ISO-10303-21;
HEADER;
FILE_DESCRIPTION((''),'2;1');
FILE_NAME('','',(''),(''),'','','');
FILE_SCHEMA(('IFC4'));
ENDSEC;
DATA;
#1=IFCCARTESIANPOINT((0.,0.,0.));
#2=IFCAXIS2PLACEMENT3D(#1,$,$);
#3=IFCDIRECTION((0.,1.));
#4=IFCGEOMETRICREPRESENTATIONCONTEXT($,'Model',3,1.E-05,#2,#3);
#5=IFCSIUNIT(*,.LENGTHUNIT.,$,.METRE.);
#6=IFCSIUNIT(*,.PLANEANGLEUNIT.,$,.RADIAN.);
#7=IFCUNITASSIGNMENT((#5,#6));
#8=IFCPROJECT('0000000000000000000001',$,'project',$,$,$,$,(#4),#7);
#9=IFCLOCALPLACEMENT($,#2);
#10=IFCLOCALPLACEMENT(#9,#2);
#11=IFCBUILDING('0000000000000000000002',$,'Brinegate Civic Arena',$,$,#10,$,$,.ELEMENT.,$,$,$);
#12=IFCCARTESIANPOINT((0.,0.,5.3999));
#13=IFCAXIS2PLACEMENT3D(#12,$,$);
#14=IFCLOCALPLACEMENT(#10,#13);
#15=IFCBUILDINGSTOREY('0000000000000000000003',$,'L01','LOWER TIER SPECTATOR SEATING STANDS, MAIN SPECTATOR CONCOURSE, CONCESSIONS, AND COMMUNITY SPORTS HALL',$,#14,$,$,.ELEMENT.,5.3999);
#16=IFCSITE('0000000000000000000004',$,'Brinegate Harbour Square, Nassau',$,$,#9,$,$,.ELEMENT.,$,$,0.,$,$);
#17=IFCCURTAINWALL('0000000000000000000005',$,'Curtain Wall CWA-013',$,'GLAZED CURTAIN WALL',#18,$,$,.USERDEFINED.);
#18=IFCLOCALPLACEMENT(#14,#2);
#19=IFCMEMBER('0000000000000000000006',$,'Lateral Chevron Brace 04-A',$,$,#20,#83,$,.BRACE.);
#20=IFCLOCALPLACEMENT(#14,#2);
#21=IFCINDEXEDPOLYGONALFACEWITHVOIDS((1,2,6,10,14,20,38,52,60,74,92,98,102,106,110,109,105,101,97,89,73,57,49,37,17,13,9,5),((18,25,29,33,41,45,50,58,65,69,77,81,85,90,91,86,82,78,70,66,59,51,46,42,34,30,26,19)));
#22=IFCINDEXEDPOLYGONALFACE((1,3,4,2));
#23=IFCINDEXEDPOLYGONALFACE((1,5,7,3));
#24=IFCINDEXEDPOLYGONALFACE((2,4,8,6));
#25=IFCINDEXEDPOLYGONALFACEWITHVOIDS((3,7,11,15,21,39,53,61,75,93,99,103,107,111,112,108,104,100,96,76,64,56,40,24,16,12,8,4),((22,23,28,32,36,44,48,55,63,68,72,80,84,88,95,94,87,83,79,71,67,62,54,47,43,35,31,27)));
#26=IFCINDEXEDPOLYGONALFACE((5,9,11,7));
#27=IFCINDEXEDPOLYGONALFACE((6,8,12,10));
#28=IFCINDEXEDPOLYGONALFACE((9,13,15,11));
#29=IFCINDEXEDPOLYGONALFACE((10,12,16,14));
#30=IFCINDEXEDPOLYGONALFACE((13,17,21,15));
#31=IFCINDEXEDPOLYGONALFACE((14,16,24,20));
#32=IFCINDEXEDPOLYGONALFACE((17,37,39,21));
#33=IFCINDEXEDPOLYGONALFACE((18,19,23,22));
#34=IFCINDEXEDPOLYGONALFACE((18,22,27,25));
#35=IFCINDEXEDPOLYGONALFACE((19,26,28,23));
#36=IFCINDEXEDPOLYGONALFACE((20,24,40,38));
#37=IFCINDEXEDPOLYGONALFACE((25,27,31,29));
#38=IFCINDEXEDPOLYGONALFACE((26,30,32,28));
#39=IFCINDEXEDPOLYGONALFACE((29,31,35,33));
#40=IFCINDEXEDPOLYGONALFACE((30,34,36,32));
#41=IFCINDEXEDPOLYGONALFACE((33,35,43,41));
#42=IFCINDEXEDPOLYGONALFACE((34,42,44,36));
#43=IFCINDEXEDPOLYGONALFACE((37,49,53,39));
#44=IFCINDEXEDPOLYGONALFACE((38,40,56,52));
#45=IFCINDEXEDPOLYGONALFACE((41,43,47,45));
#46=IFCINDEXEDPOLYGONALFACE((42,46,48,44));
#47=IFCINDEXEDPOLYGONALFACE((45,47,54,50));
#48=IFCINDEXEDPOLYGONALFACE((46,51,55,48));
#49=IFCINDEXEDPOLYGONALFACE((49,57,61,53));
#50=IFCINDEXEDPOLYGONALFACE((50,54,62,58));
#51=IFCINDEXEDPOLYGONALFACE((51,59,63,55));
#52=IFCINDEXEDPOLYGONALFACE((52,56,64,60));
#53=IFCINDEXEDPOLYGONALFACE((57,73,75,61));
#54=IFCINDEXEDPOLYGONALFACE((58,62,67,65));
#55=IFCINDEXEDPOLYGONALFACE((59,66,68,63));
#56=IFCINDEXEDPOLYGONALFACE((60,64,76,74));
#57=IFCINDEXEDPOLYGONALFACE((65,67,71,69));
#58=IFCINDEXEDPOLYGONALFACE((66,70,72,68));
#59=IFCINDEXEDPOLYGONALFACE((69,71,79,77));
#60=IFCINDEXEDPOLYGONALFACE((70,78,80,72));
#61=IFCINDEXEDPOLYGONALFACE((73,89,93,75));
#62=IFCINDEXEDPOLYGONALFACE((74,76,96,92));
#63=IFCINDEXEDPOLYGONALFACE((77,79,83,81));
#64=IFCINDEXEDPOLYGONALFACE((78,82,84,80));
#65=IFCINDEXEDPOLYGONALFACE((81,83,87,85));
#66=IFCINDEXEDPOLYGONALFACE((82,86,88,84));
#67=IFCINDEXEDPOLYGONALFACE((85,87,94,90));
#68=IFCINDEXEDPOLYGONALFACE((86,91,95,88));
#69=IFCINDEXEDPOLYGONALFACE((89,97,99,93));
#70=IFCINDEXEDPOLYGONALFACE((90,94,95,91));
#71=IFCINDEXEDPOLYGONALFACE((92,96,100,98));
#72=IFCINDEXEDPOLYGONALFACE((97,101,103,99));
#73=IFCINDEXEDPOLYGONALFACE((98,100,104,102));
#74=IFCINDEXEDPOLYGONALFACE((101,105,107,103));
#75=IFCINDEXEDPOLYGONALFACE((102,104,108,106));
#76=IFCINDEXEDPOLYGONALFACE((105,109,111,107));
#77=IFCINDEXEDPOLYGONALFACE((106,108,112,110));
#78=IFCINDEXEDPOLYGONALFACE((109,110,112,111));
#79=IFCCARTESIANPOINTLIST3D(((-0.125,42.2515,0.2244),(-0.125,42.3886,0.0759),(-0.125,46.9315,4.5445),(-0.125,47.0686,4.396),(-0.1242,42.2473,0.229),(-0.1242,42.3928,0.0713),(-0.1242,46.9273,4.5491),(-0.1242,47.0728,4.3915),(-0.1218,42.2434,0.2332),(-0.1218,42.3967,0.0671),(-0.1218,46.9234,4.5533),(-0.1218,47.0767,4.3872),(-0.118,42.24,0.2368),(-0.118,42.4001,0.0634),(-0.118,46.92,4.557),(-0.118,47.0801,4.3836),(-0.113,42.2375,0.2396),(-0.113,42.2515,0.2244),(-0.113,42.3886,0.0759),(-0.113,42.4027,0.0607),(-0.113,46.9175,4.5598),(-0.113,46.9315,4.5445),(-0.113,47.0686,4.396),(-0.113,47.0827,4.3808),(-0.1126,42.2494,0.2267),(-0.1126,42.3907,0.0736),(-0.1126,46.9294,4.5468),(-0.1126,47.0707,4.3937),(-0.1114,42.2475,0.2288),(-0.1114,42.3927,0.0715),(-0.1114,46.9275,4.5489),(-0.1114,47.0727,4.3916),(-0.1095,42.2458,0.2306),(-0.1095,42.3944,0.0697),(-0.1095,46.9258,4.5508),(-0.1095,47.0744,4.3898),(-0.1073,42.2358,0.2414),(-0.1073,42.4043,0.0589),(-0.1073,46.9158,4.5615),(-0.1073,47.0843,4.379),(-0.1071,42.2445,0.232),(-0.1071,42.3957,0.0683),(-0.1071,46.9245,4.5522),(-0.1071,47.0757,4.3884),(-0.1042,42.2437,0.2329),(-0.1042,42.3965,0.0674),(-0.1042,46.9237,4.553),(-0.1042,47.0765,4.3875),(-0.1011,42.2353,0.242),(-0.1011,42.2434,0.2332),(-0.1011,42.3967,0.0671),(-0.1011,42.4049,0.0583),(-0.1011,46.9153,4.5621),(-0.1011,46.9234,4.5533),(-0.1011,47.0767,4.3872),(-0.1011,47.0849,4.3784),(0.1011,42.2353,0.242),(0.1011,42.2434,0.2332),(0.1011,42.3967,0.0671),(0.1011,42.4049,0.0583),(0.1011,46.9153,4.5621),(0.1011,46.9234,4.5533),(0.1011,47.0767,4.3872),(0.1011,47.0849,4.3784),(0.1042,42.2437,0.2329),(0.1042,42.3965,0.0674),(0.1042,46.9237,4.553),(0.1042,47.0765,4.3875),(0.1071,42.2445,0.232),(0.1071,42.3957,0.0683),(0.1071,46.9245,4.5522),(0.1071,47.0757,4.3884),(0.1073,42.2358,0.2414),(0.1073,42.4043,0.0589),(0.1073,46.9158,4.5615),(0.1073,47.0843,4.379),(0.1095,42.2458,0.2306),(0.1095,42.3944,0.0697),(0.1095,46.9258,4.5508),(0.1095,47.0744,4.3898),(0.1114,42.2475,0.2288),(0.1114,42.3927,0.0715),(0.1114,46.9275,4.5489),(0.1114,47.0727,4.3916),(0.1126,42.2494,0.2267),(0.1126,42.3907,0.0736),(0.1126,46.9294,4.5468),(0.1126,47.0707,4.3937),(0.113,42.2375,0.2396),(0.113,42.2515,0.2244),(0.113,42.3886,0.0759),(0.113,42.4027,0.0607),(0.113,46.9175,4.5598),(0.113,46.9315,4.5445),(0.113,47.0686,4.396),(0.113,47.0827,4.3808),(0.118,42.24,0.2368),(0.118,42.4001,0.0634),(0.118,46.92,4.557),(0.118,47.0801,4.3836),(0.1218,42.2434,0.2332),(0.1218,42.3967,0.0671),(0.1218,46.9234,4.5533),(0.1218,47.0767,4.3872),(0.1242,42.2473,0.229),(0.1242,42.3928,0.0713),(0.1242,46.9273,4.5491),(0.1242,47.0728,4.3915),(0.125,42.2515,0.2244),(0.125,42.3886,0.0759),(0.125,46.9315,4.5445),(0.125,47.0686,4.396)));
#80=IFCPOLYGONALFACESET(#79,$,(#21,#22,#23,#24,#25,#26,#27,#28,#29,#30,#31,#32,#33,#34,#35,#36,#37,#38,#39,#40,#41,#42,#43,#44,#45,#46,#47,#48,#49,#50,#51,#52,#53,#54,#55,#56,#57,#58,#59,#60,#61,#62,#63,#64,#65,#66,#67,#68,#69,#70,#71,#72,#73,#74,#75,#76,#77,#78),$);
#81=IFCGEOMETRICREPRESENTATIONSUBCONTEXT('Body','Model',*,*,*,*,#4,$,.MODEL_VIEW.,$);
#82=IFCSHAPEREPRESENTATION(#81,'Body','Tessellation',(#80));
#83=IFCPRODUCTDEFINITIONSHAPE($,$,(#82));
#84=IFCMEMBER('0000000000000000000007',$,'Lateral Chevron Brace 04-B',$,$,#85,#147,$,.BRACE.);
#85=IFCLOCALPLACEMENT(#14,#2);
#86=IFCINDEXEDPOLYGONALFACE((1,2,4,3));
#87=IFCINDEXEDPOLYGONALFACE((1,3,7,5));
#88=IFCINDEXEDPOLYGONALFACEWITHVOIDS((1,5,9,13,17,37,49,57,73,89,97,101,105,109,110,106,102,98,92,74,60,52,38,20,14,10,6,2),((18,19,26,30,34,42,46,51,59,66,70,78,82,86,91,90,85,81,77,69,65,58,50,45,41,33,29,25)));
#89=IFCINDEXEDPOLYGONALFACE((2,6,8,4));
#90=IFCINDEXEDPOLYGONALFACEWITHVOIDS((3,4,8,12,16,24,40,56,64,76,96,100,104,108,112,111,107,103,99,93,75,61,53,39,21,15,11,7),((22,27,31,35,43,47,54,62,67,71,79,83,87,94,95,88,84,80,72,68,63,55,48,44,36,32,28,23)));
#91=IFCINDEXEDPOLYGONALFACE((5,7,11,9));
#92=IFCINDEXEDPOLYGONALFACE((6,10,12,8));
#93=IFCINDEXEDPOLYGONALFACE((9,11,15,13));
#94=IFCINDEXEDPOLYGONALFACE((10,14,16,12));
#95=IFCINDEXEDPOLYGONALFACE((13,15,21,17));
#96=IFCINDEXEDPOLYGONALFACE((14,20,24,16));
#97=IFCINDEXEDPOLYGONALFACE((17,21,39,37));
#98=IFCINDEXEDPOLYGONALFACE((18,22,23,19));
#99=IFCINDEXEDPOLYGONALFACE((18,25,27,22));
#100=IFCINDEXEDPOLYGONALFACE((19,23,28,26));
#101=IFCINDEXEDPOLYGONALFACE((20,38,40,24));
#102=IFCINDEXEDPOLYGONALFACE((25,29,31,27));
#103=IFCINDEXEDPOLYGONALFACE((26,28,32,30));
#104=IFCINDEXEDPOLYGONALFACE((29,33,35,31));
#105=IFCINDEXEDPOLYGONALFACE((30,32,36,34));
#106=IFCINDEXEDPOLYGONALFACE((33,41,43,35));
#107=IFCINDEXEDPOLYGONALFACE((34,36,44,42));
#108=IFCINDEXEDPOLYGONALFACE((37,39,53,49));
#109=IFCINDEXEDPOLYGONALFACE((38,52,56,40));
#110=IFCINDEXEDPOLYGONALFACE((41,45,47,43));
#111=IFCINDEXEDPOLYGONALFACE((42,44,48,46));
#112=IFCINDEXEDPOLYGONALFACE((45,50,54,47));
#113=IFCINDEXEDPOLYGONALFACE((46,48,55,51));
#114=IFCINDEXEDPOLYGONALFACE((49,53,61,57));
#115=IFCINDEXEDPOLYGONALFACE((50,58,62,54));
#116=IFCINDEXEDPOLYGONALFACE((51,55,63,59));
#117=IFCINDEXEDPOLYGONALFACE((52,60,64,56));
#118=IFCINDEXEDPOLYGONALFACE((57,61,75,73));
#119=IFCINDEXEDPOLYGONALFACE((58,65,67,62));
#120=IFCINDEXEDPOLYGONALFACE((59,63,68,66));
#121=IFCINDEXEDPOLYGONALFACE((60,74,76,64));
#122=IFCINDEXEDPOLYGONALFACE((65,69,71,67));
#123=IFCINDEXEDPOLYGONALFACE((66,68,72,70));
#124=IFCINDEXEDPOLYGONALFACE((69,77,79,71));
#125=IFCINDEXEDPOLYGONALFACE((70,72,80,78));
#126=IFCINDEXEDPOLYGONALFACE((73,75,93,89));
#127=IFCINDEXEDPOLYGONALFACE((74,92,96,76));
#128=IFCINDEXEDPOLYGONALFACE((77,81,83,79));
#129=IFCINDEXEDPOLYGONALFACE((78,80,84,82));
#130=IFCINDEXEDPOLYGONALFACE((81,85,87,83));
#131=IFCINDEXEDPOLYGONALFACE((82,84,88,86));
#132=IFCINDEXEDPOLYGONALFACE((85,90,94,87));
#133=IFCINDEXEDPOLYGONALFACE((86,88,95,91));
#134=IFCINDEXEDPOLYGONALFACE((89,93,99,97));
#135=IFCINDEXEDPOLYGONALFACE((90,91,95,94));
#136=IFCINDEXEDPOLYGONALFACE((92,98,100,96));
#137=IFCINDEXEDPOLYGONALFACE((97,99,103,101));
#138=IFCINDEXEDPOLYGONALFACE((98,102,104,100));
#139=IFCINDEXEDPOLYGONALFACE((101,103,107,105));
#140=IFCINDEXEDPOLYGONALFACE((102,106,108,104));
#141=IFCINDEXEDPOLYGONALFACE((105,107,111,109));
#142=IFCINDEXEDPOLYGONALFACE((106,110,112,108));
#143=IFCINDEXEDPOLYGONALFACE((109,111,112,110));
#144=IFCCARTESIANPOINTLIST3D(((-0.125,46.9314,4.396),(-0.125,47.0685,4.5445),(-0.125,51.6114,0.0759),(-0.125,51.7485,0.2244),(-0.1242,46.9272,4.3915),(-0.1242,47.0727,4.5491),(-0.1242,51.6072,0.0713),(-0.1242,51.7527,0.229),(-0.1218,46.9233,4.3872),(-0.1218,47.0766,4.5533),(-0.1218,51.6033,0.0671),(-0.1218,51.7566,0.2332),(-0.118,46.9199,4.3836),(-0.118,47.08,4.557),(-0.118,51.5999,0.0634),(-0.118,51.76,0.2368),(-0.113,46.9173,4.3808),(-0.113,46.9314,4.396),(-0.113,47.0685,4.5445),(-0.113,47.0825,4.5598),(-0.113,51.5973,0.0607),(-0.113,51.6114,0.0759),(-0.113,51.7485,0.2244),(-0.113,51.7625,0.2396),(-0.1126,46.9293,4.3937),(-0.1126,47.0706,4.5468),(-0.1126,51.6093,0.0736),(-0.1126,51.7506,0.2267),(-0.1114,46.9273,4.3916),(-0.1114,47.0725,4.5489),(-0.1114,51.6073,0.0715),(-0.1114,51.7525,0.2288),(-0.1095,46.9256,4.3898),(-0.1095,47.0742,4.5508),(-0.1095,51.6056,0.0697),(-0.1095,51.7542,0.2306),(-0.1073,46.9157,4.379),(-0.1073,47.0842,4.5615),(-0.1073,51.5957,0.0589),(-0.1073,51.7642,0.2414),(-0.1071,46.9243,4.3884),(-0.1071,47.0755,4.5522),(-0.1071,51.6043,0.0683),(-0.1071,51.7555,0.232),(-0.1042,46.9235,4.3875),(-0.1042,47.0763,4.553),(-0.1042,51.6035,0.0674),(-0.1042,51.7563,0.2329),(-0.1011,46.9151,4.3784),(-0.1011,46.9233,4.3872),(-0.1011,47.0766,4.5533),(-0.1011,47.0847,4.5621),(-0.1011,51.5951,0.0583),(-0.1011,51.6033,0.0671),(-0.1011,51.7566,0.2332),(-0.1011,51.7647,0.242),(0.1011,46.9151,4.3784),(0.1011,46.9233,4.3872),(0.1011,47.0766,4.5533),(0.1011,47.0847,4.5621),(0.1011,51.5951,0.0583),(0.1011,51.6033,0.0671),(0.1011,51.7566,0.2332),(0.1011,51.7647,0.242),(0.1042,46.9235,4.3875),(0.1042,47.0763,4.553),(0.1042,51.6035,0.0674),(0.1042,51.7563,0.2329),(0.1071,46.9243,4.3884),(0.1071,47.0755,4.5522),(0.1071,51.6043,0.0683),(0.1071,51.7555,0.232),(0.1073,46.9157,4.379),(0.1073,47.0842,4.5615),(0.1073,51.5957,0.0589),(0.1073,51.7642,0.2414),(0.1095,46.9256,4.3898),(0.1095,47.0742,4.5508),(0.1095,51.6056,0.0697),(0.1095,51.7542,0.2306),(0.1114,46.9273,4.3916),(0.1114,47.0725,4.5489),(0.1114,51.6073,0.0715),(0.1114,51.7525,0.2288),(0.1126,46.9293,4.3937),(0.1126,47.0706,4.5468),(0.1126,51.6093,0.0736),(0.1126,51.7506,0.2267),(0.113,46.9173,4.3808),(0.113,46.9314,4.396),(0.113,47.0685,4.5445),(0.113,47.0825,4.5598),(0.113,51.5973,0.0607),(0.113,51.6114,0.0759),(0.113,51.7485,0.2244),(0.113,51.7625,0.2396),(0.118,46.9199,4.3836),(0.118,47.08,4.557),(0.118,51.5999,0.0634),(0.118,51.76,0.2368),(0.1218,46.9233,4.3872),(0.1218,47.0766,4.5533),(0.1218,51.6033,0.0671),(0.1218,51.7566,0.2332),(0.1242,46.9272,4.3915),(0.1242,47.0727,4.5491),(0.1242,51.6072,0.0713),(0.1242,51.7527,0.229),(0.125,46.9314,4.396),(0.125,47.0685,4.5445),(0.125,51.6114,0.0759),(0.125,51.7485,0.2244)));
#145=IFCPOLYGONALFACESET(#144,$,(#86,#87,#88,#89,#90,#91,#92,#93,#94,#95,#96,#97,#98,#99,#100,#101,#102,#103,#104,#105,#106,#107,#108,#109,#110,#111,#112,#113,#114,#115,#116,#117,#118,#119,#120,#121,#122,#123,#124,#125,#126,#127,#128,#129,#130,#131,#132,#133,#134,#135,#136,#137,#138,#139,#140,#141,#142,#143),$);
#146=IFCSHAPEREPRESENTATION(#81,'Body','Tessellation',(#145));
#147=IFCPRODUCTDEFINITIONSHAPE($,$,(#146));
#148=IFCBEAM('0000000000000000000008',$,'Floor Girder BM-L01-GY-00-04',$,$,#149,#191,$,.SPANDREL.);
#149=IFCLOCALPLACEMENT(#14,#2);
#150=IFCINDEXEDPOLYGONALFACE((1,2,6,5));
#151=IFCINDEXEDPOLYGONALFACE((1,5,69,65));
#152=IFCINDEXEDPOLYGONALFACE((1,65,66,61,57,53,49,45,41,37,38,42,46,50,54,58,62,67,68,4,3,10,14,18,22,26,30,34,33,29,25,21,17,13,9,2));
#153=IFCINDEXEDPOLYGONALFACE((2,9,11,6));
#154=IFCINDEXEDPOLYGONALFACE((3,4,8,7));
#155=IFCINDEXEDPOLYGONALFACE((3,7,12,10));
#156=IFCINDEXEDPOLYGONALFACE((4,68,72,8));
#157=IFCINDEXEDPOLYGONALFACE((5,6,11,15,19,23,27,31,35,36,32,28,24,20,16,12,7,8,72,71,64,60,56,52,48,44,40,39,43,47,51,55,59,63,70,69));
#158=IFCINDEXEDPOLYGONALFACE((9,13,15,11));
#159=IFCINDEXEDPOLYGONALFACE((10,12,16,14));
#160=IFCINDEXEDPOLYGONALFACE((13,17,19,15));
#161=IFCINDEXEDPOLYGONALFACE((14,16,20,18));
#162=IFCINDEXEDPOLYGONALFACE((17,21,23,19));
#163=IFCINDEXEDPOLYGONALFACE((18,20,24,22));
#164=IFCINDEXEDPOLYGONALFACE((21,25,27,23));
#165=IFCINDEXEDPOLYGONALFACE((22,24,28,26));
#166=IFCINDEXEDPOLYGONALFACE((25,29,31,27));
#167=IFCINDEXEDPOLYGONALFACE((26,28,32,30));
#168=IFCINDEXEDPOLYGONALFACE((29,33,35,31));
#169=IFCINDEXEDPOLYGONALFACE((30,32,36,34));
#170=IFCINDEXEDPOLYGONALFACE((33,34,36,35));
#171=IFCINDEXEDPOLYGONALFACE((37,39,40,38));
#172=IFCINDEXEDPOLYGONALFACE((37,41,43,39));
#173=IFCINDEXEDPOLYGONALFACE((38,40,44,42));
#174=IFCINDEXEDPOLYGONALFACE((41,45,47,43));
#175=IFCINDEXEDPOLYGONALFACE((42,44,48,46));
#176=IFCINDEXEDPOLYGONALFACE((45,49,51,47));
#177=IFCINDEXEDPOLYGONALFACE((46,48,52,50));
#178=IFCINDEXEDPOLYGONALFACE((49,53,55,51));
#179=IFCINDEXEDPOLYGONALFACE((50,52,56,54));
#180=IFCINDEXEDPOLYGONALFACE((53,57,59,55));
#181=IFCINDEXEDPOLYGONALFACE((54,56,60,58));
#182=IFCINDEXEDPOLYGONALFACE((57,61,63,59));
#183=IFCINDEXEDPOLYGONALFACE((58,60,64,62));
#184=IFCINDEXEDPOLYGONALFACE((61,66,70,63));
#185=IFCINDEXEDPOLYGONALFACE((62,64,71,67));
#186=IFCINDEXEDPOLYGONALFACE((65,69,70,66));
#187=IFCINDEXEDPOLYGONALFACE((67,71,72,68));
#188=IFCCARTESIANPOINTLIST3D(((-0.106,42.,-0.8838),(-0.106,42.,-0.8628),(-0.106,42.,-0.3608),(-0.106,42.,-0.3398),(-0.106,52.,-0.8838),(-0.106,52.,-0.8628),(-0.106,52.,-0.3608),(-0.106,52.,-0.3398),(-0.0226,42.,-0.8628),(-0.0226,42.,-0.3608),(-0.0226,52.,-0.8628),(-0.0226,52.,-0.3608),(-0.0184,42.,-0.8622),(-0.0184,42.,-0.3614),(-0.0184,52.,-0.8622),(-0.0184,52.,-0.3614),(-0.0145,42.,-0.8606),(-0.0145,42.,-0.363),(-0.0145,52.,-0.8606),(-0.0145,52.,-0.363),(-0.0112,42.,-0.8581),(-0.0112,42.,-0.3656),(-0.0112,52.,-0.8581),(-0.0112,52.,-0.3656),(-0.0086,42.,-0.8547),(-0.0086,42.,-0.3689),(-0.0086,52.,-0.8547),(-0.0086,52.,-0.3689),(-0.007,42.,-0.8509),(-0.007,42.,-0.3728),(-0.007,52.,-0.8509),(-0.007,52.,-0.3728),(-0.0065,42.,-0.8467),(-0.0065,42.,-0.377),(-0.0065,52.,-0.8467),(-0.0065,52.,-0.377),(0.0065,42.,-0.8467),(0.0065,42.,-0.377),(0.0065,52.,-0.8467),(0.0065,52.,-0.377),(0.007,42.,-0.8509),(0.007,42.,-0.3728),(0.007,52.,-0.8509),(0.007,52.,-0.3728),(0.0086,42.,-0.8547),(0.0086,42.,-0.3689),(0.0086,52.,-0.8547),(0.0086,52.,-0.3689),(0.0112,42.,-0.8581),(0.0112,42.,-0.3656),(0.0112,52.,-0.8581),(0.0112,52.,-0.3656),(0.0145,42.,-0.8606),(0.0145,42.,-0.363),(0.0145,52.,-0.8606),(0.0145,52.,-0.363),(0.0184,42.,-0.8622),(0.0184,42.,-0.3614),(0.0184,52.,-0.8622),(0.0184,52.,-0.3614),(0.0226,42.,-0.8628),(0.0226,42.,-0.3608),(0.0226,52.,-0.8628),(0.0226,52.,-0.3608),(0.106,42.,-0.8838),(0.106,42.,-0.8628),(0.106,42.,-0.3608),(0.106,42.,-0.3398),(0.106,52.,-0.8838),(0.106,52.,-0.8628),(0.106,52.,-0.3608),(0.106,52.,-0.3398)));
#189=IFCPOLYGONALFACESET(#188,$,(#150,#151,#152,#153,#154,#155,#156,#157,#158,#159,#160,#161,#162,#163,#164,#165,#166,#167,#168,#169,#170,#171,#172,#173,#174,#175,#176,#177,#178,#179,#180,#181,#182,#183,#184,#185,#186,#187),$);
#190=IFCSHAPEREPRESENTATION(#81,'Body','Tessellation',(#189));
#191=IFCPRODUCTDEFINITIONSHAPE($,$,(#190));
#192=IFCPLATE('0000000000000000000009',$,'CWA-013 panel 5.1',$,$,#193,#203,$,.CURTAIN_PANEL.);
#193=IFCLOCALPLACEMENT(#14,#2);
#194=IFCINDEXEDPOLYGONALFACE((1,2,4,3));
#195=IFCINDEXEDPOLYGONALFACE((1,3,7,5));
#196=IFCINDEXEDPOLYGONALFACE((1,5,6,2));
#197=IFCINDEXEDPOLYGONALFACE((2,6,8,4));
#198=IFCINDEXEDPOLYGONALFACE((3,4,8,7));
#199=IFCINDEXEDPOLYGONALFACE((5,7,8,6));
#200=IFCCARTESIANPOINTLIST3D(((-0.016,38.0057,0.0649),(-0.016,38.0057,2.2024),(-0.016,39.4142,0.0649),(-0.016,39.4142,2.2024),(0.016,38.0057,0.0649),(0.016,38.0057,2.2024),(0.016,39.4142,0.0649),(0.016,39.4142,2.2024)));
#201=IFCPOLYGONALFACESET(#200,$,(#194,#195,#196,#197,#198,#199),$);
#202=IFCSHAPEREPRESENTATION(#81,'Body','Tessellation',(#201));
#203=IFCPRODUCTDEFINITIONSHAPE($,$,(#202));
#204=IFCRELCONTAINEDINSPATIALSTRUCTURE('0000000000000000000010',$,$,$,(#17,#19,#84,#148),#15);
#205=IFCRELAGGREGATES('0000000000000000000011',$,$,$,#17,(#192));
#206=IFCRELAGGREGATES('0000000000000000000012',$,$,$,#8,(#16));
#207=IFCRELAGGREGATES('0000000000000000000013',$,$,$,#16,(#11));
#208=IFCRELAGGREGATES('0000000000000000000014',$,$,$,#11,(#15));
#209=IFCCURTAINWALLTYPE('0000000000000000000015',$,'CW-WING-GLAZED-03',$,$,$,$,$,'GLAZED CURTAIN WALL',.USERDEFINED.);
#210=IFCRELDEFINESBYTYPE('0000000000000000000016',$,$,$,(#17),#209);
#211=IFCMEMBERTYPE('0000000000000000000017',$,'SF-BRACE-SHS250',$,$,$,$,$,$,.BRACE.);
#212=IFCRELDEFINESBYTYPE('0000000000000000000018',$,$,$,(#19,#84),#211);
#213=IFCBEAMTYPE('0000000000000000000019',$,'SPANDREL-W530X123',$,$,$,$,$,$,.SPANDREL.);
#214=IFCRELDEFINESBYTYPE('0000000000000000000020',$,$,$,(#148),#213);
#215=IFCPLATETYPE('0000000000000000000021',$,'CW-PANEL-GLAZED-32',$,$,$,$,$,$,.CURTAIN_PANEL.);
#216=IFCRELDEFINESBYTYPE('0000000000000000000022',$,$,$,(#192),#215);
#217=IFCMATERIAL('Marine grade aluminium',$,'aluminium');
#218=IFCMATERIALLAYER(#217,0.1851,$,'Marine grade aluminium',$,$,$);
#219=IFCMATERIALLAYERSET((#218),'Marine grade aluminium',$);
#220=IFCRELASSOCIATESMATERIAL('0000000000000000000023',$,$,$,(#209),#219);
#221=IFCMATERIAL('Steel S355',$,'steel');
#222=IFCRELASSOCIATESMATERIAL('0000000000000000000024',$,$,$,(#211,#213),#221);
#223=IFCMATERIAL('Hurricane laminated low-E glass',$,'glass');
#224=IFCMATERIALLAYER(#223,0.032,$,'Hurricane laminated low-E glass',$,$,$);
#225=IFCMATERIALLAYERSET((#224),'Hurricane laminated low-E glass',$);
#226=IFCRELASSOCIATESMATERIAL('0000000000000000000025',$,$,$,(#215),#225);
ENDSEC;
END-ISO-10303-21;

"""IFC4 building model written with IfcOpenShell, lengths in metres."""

from ifc_helpers import new_model, si_unit, direction, frame, origin, origin_2d, place, context, subcontext, project, spatial, rectangle, hollow_rectangle, i_section, extrude, material, layer, layer_set, material_profile, profile_set, type_object, element, aggregate, save


model = new_model("IFC4")

# Units and contexts
model_context = context("Model", 3, precision=1e-05, world=origin(), true_north=direction((0.0, 1.0)))
body_context = subcontext(model_context, "Body", "Model", "MODEL_VIEW")
ifc_project = project(units=[si_unit("LENGTHUNIT", "METRE"), si_unit("PLANEANGLEUNIT", "RADIAN")], contexts=[model_context])

# Site, building, storey
site_placement = place(None, origin())
site = spatial("IfcSite", under=ifc_project, at=site_placement, Name="Brinegate Harbour Square, Nassau", CompositionType="ELEMENT", RefElevation=0.0)
building_placement = place(site_placement, origin())
building = spatial("IfcBuilding", under=site, at=building_placement, Name="Brinegate Civic Arena", CompositionType="ELEMENT")
storey_placement = place(building_placement, frame((0.0, 0.0, 5.3999)))
storey = spatial("IfcBuildingStorey", under=building, at=storey_placement, Name="L01", Description="LOWER TIER SPECTATOR SEATING STANDS, MAIN SPECTATOR CONCOURSE, CONCESSIONS, AND COMMUNITY SPORTS HALL", CompositionType="ELEMENT", Elevation=5.3999)

# Shared definitions
ifc_material_1 = material(Name="Steel S355", Category="steel")

# Curtain wall
ifc_material_2 = material(Name="Marine grade aluminium", Category="aluminium")
ifc_layer_1 = layer(ifc_material_2, 0.1851, Name="Marine grade aluminium")
ifc_layer_set_1 = layer_set([ifc_layer_1], Name="Marine grade aluminium")
curtain_wall_type = type_object("IfcCurtainWallType", Name="CW-WING-GLAZED-03", ElementType="GLAZED CURTAIN WALL", PredefinedType="USERDEFINED", material=ifc_layer_set_1)
curtain_wall_placement = place(storey_placement, origin())
curtain_wall = element("IfcCurtainWall", 1, at=curtain_wall_placement, inside=storey, type_object=curtain_wall_type, Name="Curtain Wall CWA-013", ObjectType="GLAZED CURTAIN WALL", PredefinedType="USERDEFINED")

# Members
ifc_material_profile_1 = material_profile(ifc_material_1, hollow_rectangle(XDim=0.25, YDim=0.25, WallThickness=0.012, InnerFilletRadius=0.012, OuterFilletRadius=0.0239, at=origin_2d()), Name="SHS250X12")
ifc_profile_set_1 = profile_set([ifc_material_profile_1], Name="Steel S355")
member_type_1 = type_object("IfcMemberType", Name="SF-BRACE-SHS250", PredefinedType="BRACE", material=ifc_profile_set_1)
for number, where, z_axis, x_axis, name in (
    (2, (0.0, 42.3201, 0.1501), (0.0, 0.734793, 0.678291), (-1.0, 0.0, 0.0), "Lateral Chevron Brace 04-A"),
    (3, (0.0, 51.6799, 0.1501), (0.0, -0.734793, 0.678291), (1.0, 0.0, 0.0), "Lateral Chevron Brace 04-B"),
):
    element("IfcMember", number, at=place(storey_placement, frame(where, z_axis=z_axis, x_axis=x_axis)), inside=storey, type_object=member_type_1, Name=name, PredefinedType="BRACE", context=body_context, shape_type="SweptSolid", body=[
        extrude(hollow_rectangle(XDim=0.25, YDim=0.25, WallThickness=0.012, InnerFilletRadius=0.012, OuterFilletRadius=0.0239, at=origin_2d()), origin(), (0.0, 0.0, 1.0), 6.3691),
    ])

# Beam
ifc_material_profile_2 = material_profile(ifc_material_1, i_section(OverallWidth=0.2119, OverallDepth=0.5439, WebThickness=0.0129, FlangeThickness=0.021, FilletRadius=0.0161, at=origin_2d()), Name="W530X123")
ifc_profile_set_2 = profile_set([ifc_material_profile_2], Name="Steel S355")
beam_type_1 = type_object("IfcBeamType", Name="SPANDREL-W530X123", PredefinedType="SPANDREL", material=ifc_profile_set_2)
beam_1_placement = place(storey_placement, frame((0.0, 42.0, -0.6118), z_axis=(0.0, 1.0, 0.0), x_axis=(-1.0, 0.0, 0.0)))
element("IfcBeam", 4, at=beam_1_placement, inside=storey, type_object=beam_type_1, Name="Floor Girder BM-L01-GY-00-04", PredefinedType="SPANDREL", context=body_context, shape_type="SweptSolid", body=[
    extrude(i_section(OverallWidth=0.2119, OverallDepth=0.5439, WebThickness=0.0129, FlangeThickness=0.021, FilletRadius=0.0161, at=origin_2d()), origin(), (0.0, 0.0, 1.0), 10.0),
])

# Plate
ifc_material_3 = material(Name="Hurricane laminated low-E glass", Category="glass")
ifc_layer_2 = layer(ifc_material_3, 0.032, Name="Hurricane laminated low-E glass")
ifc_layer_set_2 = layer_set([ifc_layer_2], Name="Hurricane laminated low-E glass")
plate_type_1 = type_object("IfcPlateType", Name="CW-PANEL-GLAZED-32", PredefinedType="CURTAIN_PANEL", material=ifc_layer_set_2)
plate_1_placement = place(storey_placement, frame((0.0, 38.71, 0.0649), z_axis=(0.0, 0.0, 1.0), x_axis=(0.0, 1.0, 0.0)))
plate_1 = element("IfcPlate", 5, at=plate_1_placement, type_object=plate_type_1, Name="CWA-013 panel 5.1", PredefinedType="CURTAIN_PANEL", context=body_context, shape_type="SweptSolid", body=[
    extrude(rectangle(XDim=1.4084, YDim=0.032, at=origin_2d()), origin(), (0.0, 0.0, 1.0), 2.1375),
])
aggregate(curtain_wall, [plate_1])

save(model, "model.ifc")
